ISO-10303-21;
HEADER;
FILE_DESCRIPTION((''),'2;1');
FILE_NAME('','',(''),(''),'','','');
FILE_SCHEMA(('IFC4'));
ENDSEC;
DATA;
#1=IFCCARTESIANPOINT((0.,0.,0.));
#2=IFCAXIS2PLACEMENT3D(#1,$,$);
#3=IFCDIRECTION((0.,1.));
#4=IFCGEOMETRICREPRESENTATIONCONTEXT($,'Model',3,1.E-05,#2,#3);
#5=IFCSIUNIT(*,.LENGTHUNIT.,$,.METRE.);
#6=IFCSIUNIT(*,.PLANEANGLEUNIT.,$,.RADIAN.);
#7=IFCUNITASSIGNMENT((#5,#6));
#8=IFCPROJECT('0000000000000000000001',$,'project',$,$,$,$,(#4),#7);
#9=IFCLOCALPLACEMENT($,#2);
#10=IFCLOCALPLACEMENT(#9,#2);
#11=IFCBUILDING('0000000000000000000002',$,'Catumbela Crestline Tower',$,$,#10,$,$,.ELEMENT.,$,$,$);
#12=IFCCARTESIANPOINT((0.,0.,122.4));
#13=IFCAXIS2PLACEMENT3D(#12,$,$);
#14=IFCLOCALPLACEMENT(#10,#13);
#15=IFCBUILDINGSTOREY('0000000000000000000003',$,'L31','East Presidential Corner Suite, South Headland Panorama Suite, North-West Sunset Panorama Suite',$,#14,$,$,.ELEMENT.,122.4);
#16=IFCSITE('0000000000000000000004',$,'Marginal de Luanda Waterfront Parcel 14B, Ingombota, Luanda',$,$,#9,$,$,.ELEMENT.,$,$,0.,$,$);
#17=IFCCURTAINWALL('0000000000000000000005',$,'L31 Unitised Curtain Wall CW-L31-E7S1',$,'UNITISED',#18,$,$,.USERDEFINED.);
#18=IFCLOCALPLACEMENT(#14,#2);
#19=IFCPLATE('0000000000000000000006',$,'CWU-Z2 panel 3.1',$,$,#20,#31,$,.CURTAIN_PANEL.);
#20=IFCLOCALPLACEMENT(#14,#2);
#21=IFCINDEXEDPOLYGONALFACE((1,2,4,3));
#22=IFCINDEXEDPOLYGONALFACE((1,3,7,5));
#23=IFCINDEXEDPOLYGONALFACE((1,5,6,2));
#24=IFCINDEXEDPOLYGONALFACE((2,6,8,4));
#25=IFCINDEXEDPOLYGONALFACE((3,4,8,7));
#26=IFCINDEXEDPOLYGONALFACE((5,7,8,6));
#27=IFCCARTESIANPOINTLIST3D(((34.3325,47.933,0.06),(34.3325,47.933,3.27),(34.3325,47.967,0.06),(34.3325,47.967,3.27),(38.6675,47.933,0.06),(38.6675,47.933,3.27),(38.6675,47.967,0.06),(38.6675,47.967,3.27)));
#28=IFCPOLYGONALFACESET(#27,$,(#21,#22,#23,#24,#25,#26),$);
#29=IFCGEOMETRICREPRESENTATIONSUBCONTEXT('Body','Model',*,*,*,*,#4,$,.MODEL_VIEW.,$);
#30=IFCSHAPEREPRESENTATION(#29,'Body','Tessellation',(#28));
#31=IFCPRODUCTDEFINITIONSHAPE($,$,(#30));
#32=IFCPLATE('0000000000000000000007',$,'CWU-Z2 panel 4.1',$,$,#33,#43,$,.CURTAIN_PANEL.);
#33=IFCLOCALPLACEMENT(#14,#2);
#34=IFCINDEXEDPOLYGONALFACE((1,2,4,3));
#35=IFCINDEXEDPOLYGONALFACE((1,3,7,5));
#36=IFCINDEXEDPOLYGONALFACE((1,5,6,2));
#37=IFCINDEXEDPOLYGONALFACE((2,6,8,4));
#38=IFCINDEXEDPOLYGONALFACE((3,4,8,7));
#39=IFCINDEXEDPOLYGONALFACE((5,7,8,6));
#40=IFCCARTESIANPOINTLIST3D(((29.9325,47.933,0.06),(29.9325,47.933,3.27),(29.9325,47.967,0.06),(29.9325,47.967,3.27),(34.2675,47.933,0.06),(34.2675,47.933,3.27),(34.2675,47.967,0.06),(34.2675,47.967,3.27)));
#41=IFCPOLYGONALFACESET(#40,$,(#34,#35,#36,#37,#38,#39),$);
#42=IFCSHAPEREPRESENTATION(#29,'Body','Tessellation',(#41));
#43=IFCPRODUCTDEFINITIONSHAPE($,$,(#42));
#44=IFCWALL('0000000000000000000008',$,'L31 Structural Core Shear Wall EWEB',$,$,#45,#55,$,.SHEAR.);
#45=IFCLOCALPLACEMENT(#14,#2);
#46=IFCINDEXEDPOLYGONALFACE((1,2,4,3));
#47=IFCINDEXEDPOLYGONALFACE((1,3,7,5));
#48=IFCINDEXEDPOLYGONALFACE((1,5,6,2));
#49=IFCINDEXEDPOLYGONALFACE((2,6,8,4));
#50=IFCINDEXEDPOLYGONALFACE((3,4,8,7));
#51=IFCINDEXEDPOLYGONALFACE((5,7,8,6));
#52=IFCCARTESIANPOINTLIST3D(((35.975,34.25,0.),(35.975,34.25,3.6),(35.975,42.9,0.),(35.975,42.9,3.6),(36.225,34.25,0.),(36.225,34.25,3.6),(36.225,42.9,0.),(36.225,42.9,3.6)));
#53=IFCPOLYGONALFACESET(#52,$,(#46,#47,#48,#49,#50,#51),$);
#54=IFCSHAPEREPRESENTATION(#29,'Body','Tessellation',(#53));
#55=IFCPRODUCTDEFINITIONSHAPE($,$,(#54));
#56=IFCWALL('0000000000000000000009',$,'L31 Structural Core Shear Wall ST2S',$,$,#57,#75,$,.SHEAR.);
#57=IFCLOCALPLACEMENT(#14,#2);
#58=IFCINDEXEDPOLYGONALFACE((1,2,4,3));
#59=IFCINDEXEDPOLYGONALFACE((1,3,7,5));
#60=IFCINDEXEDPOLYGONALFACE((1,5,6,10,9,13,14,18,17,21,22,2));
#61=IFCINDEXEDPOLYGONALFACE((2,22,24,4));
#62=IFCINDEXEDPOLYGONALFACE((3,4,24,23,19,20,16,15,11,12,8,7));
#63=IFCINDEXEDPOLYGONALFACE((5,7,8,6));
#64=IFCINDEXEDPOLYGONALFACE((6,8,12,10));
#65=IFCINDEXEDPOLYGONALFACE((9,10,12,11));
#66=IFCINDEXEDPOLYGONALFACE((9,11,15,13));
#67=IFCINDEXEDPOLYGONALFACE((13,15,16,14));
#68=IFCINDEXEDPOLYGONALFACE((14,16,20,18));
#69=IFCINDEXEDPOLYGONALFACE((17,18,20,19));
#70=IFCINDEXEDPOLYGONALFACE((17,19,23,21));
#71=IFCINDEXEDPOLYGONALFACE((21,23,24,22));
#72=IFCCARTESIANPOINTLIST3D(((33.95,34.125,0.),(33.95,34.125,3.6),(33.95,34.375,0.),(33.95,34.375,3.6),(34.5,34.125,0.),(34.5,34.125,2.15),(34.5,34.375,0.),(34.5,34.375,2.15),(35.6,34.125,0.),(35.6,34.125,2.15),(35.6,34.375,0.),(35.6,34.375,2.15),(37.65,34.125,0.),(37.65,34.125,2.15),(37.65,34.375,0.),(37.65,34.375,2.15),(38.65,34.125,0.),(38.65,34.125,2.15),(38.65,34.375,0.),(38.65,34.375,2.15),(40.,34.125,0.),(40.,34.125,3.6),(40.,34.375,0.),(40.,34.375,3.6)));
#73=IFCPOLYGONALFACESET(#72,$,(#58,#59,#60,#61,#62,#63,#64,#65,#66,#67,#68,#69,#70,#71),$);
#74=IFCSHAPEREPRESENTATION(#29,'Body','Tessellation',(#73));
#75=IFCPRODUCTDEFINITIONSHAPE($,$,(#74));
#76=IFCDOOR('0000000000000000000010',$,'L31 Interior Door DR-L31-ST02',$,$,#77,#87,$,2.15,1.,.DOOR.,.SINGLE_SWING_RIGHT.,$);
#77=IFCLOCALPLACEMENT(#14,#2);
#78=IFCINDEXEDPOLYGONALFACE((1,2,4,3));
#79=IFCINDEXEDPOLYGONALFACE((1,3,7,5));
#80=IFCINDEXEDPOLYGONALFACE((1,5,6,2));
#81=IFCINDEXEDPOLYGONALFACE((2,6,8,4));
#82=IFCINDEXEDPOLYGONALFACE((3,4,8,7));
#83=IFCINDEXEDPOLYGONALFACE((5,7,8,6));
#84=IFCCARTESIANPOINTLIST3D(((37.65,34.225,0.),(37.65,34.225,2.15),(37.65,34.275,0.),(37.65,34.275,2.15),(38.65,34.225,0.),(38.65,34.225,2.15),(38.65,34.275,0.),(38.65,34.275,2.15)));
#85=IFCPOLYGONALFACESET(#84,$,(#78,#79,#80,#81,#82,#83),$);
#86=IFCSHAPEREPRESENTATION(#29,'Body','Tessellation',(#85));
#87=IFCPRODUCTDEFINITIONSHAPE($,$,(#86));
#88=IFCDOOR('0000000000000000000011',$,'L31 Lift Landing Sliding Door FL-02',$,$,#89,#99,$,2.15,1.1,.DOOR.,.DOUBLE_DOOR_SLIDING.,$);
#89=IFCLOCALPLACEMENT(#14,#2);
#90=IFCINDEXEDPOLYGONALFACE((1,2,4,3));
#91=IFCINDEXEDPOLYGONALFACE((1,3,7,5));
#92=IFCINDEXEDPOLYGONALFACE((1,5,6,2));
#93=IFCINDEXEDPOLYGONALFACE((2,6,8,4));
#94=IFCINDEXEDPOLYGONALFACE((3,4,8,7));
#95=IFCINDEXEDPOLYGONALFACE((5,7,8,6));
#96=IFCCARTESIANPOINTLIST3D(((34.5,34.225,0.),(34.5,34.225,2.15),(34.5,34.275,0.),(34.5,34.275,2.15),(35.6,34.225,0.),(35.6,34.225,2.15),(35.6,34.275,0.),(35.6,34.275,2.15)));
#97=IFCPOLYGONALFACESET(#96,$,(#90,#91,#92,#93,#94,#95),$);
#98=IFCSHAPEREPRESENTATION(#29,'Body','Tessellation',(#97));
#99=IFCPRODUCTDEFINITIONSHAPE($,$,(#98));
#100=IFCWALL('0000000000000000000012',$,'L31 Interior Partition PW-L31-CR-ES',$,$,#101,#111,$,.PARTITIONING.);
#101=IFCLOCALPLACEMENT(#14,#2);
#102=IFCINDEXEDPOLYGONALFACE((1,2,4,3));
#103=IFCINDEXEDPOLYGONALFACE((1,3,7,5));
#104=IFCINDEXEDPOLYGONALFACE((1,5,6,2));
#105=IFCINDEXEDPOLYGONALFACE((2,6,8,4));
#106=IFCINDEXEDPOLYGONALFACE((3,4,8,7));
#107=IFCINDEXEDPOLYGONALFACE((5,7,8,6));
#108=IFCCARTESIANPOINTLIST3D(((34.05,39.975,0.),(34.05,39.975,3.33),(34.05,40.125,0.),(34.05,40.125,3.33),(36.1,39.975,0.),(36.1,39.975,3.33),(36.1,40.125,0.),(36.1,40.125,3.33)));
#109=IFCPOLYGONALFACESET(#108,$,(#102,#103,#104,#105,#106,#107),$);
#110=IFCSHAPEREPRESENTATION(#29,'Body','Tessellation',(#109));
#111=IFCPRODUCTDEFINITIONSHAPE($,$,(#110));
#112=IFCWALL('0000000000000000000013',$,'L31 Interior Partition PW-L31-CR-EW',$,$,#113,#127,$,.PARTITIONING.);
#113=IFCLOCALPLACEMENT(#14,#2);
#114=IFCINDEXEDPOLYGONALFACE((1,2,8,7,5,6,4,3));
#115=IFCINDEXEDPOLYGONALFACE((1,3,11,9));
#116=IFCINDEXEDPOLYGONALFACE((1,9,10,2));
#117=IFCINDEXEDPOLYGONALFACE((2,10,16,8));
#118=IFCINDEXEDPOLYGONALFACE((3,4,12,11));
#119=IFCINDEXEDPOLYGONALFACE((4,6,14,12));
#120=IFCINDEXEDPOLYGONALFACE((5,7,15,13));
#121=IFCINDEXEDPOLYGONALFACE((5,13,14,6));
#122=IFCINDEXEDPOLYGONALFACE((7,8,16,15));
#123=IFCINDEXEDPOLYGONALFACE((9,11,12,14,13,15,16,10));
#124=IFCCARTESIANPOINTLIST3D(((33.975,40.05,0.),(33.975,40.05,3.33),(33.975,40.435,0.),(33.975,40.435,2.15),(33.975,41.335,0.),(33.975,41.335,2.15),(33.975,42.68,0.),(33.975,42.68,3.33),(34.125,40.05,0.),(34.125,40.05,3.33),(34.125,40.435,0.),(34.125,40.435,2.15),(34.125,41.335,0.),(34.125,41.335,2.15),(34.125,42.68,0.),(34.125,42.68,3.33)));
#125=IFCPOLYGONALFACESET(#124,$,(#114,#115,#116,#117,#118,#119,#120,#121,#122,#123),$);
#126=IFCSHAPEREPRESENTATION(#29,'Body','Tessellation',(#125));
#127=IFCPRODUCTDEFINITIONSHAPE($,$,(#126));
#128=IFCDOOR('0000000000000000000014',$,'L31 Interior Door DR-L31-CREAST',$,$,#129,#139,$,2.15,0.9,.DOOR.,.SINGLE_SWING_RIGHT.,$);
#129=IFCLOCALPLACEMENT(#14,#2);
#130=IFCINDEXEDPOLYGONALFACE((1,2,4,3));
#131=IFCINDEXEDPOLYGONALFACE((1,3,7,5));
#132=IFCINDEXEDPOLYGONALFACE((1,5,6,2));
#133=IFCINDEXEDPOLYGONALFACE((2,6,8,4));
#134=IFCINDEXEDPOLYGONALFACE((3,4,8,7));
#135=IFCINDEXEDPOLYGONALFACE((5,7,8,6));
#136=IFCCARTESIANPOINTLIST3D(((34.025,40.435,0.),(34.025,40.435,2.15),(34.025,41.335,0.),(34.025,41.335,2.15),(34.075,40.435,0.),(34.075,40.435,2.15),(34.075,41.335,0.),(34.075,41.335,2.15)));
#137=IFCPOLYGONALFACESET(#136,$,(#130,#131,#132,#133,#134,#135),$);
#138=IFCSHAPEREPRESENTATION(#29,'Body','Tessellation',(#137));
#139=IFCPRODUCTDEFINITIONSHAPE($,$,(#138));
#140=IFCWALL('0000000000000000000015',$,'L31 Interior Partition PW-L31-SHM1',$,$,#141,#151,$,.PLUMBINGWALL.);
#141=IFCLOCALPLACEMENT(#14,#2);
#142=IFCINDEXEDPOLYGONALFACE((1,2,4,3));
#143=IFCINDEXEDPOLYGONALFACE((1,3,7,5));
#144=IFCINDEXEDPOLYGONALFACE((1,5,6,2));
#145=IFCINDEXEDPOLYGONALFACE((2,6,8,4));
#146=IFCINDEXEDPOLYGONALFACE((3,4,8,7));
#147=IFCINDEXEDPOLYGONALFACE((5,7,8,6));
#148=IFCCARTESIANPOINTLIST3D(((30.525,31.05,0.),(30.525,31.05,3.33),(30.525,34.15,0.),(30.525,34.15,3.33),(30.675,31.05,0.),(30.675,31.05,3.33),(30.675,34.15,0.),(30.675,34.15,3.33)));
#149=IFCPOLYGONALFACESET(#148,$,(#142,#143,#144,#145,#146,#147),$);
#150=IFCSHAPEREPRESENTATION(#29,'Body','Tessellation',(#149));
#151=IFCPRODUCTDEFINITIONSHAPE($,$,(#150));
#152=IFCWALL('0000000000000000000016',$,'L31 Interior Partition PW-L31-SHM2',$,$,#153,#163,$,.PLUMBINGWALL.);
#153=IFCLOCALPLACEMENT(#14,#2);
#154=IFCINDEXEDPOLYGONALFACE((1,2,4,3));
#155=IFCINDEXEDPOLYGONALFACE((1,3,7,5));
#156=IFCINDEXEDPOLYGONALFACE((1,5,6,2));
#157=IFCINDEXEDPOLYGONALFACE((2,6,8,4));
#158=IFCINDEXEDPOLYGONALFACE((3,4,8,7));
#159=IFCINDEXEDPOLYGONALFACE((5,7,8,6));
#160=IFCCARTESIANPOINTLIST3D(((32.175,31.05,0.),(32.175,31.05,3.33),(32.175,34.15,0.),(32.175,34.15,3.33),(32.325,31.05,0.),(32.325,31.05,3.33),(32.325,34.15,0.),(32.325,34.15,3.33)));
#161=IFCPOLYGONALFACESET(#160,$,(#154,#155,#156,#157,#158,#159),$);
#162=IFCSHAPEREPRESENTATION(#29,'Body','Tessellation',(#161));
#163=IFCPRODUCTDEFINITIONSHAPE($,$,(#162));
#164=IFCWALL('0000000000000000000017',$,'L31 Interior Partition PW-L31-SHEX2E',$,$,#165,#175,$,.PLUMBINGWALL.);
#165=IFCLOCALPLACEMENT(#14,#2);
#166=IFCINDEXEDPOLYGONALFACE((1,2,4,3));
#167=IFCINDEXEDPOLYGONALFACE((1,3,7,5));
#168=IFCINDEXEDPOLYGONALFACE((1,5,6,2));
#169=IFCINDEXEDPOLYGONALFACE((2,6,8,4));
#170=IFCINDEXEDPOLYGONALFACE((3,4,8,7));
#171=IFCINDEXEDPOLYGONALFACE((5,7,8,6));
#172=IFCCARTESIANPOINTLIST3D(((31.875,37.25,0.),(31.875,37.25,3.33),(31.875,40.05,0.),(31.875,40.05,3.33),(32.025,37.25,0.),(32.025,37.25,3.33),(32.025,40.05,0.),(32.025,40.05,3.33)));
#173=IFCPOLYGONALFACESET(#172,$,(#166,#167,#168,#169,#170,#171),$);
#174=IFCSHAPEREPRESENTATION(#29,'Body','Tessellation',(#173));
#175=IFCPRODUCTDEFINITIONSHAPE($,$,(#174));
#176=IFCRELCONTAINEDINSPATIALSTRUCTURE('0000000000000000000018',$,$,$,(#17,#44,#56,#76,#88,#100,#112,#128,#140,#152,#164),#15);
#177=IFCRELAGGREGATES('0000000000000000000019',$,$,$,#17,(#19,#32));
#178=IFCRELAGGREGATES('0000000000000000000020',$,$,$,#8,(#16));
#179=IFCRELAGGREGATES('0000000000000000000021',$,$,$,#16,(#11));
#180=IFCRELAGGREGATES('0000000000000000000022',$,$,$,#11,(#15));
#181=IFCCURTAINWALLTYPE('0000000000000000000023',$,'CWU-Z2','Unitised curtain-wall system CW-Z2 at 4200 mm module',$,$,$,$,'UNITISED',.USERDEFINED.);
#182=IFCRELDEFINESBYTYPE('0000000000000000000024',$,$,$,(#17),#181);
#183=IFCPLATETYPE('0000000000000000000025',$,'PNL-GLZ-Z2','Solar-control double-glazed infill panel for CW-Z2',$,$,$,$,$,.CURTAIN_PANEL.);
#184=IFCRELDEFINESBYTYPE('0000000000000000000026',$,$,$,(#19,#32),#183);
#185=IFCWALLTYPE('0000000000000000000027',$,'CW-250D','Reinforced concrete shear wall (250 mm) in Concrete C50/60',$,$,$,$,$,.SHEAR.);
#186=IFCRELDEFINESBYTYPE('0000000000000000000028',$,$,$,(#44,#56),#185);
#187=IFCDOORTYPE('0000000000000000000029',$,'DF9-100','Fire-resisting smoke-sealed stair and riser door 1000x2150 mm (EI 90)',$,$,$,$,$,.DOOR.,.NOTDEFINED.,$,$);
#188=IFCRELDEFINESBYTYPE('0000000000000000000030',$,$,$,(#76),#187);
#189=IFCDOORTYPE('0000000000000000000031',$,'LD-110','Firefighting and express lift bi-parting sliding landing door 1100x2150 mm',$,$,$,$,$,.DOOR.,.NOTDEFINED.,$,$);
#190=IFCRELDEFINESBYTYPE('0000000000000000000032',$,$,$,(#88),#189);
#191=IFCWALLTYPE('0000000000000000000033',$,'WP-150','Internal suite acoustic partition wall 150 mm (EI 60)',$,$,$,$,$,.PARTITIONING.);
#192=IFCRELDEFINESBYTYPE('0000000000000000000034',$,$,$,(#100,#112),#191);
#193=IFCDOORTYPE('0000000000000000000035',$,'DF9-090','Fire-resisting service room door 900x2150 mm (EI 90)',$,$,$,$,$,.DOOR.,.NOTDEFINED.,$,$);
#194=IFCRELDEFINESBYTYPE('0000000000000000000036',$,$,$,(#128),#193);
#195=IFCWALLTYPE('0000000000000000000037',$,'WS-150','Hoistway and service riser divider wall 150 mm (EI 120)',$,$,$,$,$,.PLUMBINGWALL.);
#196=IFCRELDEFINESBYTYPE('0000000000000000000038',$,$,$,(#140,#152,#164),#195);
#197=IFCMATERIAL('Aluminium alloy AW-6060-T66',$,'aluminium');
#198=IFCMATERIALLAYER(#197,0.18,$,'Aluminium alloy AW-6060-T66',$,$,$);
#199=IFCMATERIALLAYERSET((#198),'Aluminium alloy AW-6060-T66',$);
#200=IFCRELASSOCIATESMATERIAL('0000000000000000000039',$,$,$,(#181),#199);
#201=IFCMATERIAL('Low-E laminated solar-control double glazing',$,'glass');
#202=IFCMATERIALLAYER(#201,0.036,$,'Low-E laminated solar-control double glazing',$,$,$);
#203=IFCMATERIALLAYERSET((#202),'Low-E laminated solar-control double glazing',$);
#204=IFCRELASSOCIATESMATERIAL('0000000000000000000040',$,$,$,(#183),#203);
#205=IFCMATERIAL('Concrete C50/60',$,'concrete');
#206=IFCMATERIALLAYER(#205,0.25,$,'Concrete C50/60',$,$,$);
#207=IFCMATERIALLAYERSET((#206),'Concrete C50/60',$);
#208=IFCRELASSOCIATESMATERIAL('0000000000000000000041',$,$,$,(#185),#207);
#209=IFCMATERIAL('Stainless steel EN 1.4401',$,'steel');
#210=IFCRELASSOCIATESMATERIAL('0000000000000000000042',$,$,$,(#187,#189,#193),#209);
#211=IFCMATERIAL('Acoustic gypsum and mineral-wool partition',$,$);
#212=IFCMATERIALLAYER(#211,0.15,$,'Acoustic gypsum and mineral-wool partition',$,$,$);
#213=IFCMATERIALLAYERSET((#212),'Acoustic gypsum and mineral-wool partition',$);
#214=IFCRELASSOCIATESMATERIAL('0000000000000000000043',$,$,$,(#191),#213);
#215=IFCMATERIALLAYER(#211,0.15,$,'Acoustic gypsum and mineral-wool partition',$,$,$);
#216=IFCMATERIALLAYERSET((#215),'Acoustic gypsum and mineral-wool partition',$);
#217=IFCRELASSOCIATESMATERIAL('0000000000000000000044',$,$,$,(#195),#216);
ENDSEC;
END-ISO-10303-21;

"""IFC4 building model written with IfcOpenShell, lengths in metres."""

from ifc_helpers import new_model, si_unit, direction, frame, frame_2d, origin, origin_2d, place, context, subcontext, project, spatial, rectangle, extrude, material, layer, layer_set, type_object, element, fill, aggregate, save


model = new_model("IFC4")

# Units and contexts
model_context = context("Model", 3, precision=1e-05, world=origin(), true_north=direction((0.0, 1.0)))
body_context = subcontext(model_context, "Body", "Model", "MODEL_VIEW")
ifc_project = project(units=[si_unit("LENGTHUNIT", "METRE"), si_unit("PLANEANGLEUNIT", "RADIAN")], contexts=[model_context])

# Site, building, storey
site_placement = place(None, origin())
site = spatial("IfcSite", under=ifc_project, at=site_placement, Name="Marginal de Luanda Waterfront Parcel 14B, Ingombota, Luanda", CompositionType="ELEMENT", RefElevation=0.0)
building_placement = place(site_placement, origin())
building = spatial("IfcBuilding", under=site, at=building_placement, Name="Catumbela Crestline Tower", CompositionType="ELEMENT")
storey_placement = place(building_placement, frame((0.0, 0.0, 122.4)))
storey = spatial("IfcBuildingStorey", under=building, at=storey_placement, Name="L31", Description="East Presidential Corner Suite, South Headland Panorama Suite, North-West Sunset Panorama Suite", CompositionType="ELEMENT", Elevation=122.4)

# Curtain wall
ifc_material_1 = material(Name="Aluminium alloy AW-6060-T66", Category="aluminium")
ifc_layer_1 = layer(ifc_material_1, 0.18, Name="Aluminium alloy AW-6060-T66")
ifc_layer_set_1 = layer_set([ifc_layer_1], Name="Aluminium alloy AW-6060-T66")
curtain_wall_type = type_object("IfcCurtainWallType", Name="CWU-Z2", Description="Unitised curtain-wall system CW-Z2 at 4200 mm module", ElementType="UNITISED", PredefinedType="USERDEFINED", material=ifc_layer_set_1)
curtain_wall_placement = place(storey_placement, origin())
curtain_wall = element("IfcCurtainWall", 1, at=curtain_wall_placement, inside=storey, type_object=curtain_wall_type, Name="L31 Unitised Curtain Wall CW-L31-E7S1", ObjectType="UNITISED", PredefinedType="USERDEFINED")

# Plates
ifc_material_2 = material(Name="Low-E laminated solar-control double glazing", Category="glass")
ifc_layer_2 = layer(ifc_material_2, 0.036, Name="Low-E laminated solar-control double glazing")
ifc_layer_set_2 = layer_set([ifc_layer_2], Name="Low-E laminated solar-control double glazing")
plate_type = type_object("IfcPlateType", Name="PNL-GLZ-Z2", Description="Solar-control double-glazed infill panel for CW-Z2", PredefinedType="CURTAIN_PANEL", material=ifc_layer_set_2)
plate_1_placement = place(storey_placement, frame((36.5, 47.95, 0.06), z_axis=(0.0, 0.0, 1.0), x_axis=(-1.0, 0.0, 0.0)))
plate_1 = element("IfcPlate", 2, at=plate_1_placement, type_object=plate_type, Name="CWU-Z2 panel 3.1", PredefinedType="CURTAIN_PANEL", context=body_context, shape_type="SweptSolid", body=[
    extrude(rectangle(XDim=4.335, YDim=0.034, at=origin_2d()), origin(), (0.0, 0.0, 1.0), 3.21),
])
plate_2_placement = place(storey_placement, frame((32.1, 47.95, 0.06), z_axis=(0.0, 0.0, 1.0), x_axis=(-1.0, 0.0, 0.0)))
plate_2 = element("IfcPlate", 3, at=plate_2_placement, type_object=plate_type, Name="CWU-Z2 panel 4.1", PredefinedType="CURTAIN_PANEL", context=body_context, shape_type="SweptSolid", body=[
    extrude(rectangle(XDim=4.335, YDim=0.034, at=origin_2d()), origin(), (0.0, 0.0, 1.0), 3.21),
])
aggregate(curtain_wall, [plate_1, plate_2])

# Wall
ifc_material_3 = material(Name="Concrete C50/60", Category="concrete")
ifc_layer_3 = layer(ifc_material_3, 0.25, Name="Concrete C50/60")
ifc_layer_set_3 = layer_set([ifc_layer_3], Name="Concrete C50/60")
wall_type_1 = type_object("IfcWallType", Name="CW-250D", Description="Reinforced concrete shear wall (250 mm) in Concrete C50/60", PredefinedType="SHEAR", material=ifc_layer_set_3)
wall_1_placement = place(storey_placement, frame((36.1, 34.25, 0.0), z_axis=(0.0, 0.0, 1.0), x_axis=(0.0, 1.0, 0.0)))
element("IfcWall", 4, at=wall_1_placement, inside=storey, type_object=wall_type_1, Name="L31 Structural Core Shear Wall EWEB", PredefinedType="SHEAR", context=body_context, shape_type="SweptSolid", body=[
    extrude(rectangle(XDim=8.65, YDim=0.25, at=frame_2d((4.325, 0.0))), origin(), (0.0, 0.0, 1.0), 3.6),
])

# Wall, openings, doors
wall_2_placement = place(storey_placement, frame((33.95, 34.25, 0.0), z_axis=(0.0, 0.0, 1.0), x_axis=(1.0, 0.0, 0.0)))
wall_2 = element("IfcWall", 5, at=wall_2_placement, inside=storey, type_object=wall_type_1, Name="L31 Structural Core Shear Wall ST2S", PredefinedType="SHEAR", context=body_context, shape_type="SweptSolid", body=[
    extrude(rectangle(XDim=6.05, YDim=0.25, at=frame_2d((3.025, 0.0))), origin(), (0.0, 0.0, 1.0), 3.6),
])
opening_1_placement = place(wall_2_placement, frame((3.7, 0.0, 0.0)))
opening_1 = element("IfcOpeningElement", 6, at=opening_1_placement, cuts=wall_2, PredefinedType="OPENING", context=body_context, shape_type="SweptSolid", body=[
    extrude(rectangle(XDim=1.0, YDim=2.15, at=frame_2d((0.5, 1.075))), frame((0.0, 0.135, 0.0), z_axis=(0.0, -1.0, 0.0), x_axis=(1.0, 0.0, 0.0)), (0.0, 0.0, 1.0), 0.27),
])
opening_2_placement = place(wall_2_placement, frame((0.55, 0.0, 0.0)))
opening_2 = element("IfcOpeningElement", 7, at=opening_2_placement, cuts=wall_2, PredefinedType="OPENING", context=body_context, shape_type="SweptSolid", body=[
    extrude(rectangle(XDim=1.1, YDim=2.15, at=frame_2d((0.55, 1.075))), frame((0.0, 0.135, 0.0), z_axis=(0.0, -1.0, 0.0), x_axis=(1.0, 0.0, 0.0)), (0.0, 0.0, 1.0), 0.27),
])
ifc_material_4 = material(Name="Stainless steel EN 1.4401", Category="steel")
door_type_1 = type_object("IfcDoorType", Name="DF9-100", Description="Fire-resisting smoke-sealed stair and riser door 1000x2150 mm (EI 90)", OperationType="NOTDEFINED", PredefinedType="DOOR", material=ifc_material_4)
door_1_placement = place(opening_1_placement, origin())
door_1 = element("IfcDoor", 8, at=door_1_placement, inside=storey, type_object=door_type_1, Name="L31 Interior Door DR-L31-ST02", OperationType="SINGLE_SWING_RIGHT", OverallHeight=2.15, OverallWidth=1.0, PredefinedType="DOOR", context=body_context, shape_type="SweptSolid", body=[
    extrude(rectangle(XDim=1.0, YDim=2.15, at=frame_2d((0.5, 1.075))), frame((0.0, 0.025, 0.0), z_axis=(0.0, -1.0, 0.0), x_axis=(1.0, 0.0, 0.0)), (0.0, 0.0, 1.0), 0.05),
])
fill(opening_1, door_1)
door_type_2 = type_object("IfcDoorType", Name="LD-110", Description="Firefighting and express lift bi-parting sliding landing door 1100x2150 mm", OperationType="NOTDEFINED", PredefinedType="DOOR", material=ifc_material_4)
door_2_placement = place(opening_2_placement, origin())
door_2 = element("IfcDoor", 9, at=door_2_placement, inside=storey, type_object=door_type_2, Name="L31 Lift Landing Sliding Door FL-02", OperationType="DOUBLE_DOOR_SLIDING", OverallHeight=2.15, OverallWidth=1.1, PredefinedType="DOOR", context=body_context, shape_type="SweptSolid", body=[
    extrude(rectangle(XDim=1.1, YDim=2.15, at=frame_2d((0.55, 1.075))), frame((0.0, 0.025, 0.0), z_axis=(0.0, -1.0, 0.0), x_axis=(1.0, 0.0, 0.0)), (0.0, 0.0, 1.0), 0.05),
])
fill(opening_2, door_2)

# Wall
ifc_material_5 = material(Name="Acoustic gypsum and mineral-wool partition")
ifc_layer_4 = layer(ifc_material_5, 0.15, Name="Acoustic gypsum and mineral-wool partition")
ifc_layer_set_4 = layer_set([ifc_layer_4], Name="Acoustic gypsum and mineral-wool partition")
wall_type_2 = type_object("IfcWallType", Name="WP-150", Description="Internal suite acoustic partition wall 150 mm (EI 60)", PredefinedType="PARTITIONING", material=ifc_layer_set_4)
wall_3_placement = place(storey_placement, frame((34.05, 40.05, 0.0), z_axis=(0.0, 0.0, 1.0), x_axis=(1.0, 0.0, 0.0)))
element("IfcWall", 10, at=wall_3_placement, inside=storey, type_object=wall_type_2, Name="L31 Interior Partition PW-L31-CR-ES", PredefinedType="PARTITIONING", context=body_context, shape_type="SweptSolid", body=[
    extrude(rectangle(XDim=2.05, YDim=0.15, at=frame_2d((1.025, 0.0))), origin(), (0.0, 0.0, 1.0), 3.33),
])

# Wall, opening, door
wall_4_placement = place(storey_placement, frame((34.05, 40.05, 0.0), z_axis=(0.0, 0.0, 1.0), x_axis=(0.0, 1.0, 0.0)))
wall_4 = element("IfcWall", 11, at=wall_4_placement, inside=storey, type_object=wall_type_2, Name="L31 Interior Partition PW-L31-CR-EW", PredefinedType="PARTITIONING", context=body_context, shape_type="SweptSolid", body=[
    extrude(rectangle(XDim=2.63, YDim=0.15, at=frame_2d((1.315, 0.0))), origin(), (0.0, 0.0, 1.0), 3.33),
])
opening_3_placement = place(wall_4_placement, frame((0.385, 0.0, 0.0)))
opening_3 = element("IfcOpeningElement", 12, at=opening_3_placement, cuts=wall_4, PredefinedType="OPENING", context=body_context, shape_type="SweptSolid", body=[
    extrude(rectangle(XDim=0.9, YDim=2.15, at=frame_2d((0.45, 1.075))), frame((0.0, 0.085, 0.0), z_axis=(0.0, -1.0, 0.0), x_axis=(1.0, 0.0, 0.0)), (0.0, 0.0, 1.0), 0.17),
])
door_type_3 = type_object("IfcDoorType", Name="DF9-090", Description="Fire-resisting service room door 900x2150 mm (EI 90)", OperationType="NOTDEFINED", PredefinedType="DOOR", material=ifc_material_4)
door_3_placement = place(opening_3_placement, origin())
door_3 = element("IfcDoor", 13, at=door_3_placement, inside=storey, type_object=door_type_3, Name="L31 Interior Door DR-L31-CREAST", OperationType="SINGLE_SWING_RIGHT", OverallHeight=2.15, OverallWidth=0.9, PredefinedType="DOOR", context=body_context, shape_type="SweptSolid", body=[
    extrude(rectangle(XDim=0.9, YDim=2.15, at=frame_2d((0.45, 1.075))), frame((0.0, 0.025, 0.0), z_axis=(0.0, -1.0, 0.0), x_axis=(1.0, 0.0, 0.0)), (0.0, 0.0, 1.0), 0.05),
])
fill(opening_3, door_3)

# Walls
ifc_layer_5 = layer(ifc_material_5, 0.15, Name="Acoustic gypsum and mineral-wool partition")
ifc_layer_set_5 = layer_set([ifc_layer_5], Name="Acoustic gypsum and mineral-wool partition")
wall_type_3 = type_object("IfcWallType", Name="WS-150", Description="Hoistway and service riser divider wall 150 mm (EI 120)", PredefinedType="PLUMBINGWALL", material=ifc_layer_set_5)
for number, where, z_axis, x_axis, name in (
    (14, (30.6, 31.05, 0.0), (0.0, 0.0, 1.0), (0.0, 1.0, 0.0), "L31 Interior Partition PW-L31-SHM1"),
    (15, (32.25, 31.05, 0.0), (0.0, 0.0, 1.0), (0.0, 1.0, 0.0), "L31 Interior Partition PW-L31-SHM2"),
):
    element("IfcWall", number, at=place(storey_placement, frame(where, z_axis=z_axis, x_axis=x_axis)), inside=storey, type_object=wall_type_3, Name=name, PredefinedType="PLUMBINGWALL", context=body_context, shape_type="SweptSolid", body=[
        extrude(rectangle(XDim=3.1, YDim=0.15, at=frame_2d((1.55, 0.0))), origin(), (0.0, 0.0, 1.0), 3.33),
    ])
wall_5_placement = place(storey_placement, frame((31.95, 37.25, 0.0), z_axis=(0.0, 0.0, 1.0), x_axis=(0.0, 1.0, 0.0)))
element("IfcWall", 16, at=wall_5_placement, inside=storey, type_object=wall_type_3, Name="L31 Interior Partition PW-L31-SHEX2E", PredefinedType="PLUMBINGWALL", context=body_context, shape_type="SweptSolid", body=[
    extrude(rectangle(XDim=2.8, YDim=0.15, at=frame_2d((1.4, 0.0))), origin(), (0.0, 0.0, 1.0), 3.33),
])

save(model, "model.ifc")
